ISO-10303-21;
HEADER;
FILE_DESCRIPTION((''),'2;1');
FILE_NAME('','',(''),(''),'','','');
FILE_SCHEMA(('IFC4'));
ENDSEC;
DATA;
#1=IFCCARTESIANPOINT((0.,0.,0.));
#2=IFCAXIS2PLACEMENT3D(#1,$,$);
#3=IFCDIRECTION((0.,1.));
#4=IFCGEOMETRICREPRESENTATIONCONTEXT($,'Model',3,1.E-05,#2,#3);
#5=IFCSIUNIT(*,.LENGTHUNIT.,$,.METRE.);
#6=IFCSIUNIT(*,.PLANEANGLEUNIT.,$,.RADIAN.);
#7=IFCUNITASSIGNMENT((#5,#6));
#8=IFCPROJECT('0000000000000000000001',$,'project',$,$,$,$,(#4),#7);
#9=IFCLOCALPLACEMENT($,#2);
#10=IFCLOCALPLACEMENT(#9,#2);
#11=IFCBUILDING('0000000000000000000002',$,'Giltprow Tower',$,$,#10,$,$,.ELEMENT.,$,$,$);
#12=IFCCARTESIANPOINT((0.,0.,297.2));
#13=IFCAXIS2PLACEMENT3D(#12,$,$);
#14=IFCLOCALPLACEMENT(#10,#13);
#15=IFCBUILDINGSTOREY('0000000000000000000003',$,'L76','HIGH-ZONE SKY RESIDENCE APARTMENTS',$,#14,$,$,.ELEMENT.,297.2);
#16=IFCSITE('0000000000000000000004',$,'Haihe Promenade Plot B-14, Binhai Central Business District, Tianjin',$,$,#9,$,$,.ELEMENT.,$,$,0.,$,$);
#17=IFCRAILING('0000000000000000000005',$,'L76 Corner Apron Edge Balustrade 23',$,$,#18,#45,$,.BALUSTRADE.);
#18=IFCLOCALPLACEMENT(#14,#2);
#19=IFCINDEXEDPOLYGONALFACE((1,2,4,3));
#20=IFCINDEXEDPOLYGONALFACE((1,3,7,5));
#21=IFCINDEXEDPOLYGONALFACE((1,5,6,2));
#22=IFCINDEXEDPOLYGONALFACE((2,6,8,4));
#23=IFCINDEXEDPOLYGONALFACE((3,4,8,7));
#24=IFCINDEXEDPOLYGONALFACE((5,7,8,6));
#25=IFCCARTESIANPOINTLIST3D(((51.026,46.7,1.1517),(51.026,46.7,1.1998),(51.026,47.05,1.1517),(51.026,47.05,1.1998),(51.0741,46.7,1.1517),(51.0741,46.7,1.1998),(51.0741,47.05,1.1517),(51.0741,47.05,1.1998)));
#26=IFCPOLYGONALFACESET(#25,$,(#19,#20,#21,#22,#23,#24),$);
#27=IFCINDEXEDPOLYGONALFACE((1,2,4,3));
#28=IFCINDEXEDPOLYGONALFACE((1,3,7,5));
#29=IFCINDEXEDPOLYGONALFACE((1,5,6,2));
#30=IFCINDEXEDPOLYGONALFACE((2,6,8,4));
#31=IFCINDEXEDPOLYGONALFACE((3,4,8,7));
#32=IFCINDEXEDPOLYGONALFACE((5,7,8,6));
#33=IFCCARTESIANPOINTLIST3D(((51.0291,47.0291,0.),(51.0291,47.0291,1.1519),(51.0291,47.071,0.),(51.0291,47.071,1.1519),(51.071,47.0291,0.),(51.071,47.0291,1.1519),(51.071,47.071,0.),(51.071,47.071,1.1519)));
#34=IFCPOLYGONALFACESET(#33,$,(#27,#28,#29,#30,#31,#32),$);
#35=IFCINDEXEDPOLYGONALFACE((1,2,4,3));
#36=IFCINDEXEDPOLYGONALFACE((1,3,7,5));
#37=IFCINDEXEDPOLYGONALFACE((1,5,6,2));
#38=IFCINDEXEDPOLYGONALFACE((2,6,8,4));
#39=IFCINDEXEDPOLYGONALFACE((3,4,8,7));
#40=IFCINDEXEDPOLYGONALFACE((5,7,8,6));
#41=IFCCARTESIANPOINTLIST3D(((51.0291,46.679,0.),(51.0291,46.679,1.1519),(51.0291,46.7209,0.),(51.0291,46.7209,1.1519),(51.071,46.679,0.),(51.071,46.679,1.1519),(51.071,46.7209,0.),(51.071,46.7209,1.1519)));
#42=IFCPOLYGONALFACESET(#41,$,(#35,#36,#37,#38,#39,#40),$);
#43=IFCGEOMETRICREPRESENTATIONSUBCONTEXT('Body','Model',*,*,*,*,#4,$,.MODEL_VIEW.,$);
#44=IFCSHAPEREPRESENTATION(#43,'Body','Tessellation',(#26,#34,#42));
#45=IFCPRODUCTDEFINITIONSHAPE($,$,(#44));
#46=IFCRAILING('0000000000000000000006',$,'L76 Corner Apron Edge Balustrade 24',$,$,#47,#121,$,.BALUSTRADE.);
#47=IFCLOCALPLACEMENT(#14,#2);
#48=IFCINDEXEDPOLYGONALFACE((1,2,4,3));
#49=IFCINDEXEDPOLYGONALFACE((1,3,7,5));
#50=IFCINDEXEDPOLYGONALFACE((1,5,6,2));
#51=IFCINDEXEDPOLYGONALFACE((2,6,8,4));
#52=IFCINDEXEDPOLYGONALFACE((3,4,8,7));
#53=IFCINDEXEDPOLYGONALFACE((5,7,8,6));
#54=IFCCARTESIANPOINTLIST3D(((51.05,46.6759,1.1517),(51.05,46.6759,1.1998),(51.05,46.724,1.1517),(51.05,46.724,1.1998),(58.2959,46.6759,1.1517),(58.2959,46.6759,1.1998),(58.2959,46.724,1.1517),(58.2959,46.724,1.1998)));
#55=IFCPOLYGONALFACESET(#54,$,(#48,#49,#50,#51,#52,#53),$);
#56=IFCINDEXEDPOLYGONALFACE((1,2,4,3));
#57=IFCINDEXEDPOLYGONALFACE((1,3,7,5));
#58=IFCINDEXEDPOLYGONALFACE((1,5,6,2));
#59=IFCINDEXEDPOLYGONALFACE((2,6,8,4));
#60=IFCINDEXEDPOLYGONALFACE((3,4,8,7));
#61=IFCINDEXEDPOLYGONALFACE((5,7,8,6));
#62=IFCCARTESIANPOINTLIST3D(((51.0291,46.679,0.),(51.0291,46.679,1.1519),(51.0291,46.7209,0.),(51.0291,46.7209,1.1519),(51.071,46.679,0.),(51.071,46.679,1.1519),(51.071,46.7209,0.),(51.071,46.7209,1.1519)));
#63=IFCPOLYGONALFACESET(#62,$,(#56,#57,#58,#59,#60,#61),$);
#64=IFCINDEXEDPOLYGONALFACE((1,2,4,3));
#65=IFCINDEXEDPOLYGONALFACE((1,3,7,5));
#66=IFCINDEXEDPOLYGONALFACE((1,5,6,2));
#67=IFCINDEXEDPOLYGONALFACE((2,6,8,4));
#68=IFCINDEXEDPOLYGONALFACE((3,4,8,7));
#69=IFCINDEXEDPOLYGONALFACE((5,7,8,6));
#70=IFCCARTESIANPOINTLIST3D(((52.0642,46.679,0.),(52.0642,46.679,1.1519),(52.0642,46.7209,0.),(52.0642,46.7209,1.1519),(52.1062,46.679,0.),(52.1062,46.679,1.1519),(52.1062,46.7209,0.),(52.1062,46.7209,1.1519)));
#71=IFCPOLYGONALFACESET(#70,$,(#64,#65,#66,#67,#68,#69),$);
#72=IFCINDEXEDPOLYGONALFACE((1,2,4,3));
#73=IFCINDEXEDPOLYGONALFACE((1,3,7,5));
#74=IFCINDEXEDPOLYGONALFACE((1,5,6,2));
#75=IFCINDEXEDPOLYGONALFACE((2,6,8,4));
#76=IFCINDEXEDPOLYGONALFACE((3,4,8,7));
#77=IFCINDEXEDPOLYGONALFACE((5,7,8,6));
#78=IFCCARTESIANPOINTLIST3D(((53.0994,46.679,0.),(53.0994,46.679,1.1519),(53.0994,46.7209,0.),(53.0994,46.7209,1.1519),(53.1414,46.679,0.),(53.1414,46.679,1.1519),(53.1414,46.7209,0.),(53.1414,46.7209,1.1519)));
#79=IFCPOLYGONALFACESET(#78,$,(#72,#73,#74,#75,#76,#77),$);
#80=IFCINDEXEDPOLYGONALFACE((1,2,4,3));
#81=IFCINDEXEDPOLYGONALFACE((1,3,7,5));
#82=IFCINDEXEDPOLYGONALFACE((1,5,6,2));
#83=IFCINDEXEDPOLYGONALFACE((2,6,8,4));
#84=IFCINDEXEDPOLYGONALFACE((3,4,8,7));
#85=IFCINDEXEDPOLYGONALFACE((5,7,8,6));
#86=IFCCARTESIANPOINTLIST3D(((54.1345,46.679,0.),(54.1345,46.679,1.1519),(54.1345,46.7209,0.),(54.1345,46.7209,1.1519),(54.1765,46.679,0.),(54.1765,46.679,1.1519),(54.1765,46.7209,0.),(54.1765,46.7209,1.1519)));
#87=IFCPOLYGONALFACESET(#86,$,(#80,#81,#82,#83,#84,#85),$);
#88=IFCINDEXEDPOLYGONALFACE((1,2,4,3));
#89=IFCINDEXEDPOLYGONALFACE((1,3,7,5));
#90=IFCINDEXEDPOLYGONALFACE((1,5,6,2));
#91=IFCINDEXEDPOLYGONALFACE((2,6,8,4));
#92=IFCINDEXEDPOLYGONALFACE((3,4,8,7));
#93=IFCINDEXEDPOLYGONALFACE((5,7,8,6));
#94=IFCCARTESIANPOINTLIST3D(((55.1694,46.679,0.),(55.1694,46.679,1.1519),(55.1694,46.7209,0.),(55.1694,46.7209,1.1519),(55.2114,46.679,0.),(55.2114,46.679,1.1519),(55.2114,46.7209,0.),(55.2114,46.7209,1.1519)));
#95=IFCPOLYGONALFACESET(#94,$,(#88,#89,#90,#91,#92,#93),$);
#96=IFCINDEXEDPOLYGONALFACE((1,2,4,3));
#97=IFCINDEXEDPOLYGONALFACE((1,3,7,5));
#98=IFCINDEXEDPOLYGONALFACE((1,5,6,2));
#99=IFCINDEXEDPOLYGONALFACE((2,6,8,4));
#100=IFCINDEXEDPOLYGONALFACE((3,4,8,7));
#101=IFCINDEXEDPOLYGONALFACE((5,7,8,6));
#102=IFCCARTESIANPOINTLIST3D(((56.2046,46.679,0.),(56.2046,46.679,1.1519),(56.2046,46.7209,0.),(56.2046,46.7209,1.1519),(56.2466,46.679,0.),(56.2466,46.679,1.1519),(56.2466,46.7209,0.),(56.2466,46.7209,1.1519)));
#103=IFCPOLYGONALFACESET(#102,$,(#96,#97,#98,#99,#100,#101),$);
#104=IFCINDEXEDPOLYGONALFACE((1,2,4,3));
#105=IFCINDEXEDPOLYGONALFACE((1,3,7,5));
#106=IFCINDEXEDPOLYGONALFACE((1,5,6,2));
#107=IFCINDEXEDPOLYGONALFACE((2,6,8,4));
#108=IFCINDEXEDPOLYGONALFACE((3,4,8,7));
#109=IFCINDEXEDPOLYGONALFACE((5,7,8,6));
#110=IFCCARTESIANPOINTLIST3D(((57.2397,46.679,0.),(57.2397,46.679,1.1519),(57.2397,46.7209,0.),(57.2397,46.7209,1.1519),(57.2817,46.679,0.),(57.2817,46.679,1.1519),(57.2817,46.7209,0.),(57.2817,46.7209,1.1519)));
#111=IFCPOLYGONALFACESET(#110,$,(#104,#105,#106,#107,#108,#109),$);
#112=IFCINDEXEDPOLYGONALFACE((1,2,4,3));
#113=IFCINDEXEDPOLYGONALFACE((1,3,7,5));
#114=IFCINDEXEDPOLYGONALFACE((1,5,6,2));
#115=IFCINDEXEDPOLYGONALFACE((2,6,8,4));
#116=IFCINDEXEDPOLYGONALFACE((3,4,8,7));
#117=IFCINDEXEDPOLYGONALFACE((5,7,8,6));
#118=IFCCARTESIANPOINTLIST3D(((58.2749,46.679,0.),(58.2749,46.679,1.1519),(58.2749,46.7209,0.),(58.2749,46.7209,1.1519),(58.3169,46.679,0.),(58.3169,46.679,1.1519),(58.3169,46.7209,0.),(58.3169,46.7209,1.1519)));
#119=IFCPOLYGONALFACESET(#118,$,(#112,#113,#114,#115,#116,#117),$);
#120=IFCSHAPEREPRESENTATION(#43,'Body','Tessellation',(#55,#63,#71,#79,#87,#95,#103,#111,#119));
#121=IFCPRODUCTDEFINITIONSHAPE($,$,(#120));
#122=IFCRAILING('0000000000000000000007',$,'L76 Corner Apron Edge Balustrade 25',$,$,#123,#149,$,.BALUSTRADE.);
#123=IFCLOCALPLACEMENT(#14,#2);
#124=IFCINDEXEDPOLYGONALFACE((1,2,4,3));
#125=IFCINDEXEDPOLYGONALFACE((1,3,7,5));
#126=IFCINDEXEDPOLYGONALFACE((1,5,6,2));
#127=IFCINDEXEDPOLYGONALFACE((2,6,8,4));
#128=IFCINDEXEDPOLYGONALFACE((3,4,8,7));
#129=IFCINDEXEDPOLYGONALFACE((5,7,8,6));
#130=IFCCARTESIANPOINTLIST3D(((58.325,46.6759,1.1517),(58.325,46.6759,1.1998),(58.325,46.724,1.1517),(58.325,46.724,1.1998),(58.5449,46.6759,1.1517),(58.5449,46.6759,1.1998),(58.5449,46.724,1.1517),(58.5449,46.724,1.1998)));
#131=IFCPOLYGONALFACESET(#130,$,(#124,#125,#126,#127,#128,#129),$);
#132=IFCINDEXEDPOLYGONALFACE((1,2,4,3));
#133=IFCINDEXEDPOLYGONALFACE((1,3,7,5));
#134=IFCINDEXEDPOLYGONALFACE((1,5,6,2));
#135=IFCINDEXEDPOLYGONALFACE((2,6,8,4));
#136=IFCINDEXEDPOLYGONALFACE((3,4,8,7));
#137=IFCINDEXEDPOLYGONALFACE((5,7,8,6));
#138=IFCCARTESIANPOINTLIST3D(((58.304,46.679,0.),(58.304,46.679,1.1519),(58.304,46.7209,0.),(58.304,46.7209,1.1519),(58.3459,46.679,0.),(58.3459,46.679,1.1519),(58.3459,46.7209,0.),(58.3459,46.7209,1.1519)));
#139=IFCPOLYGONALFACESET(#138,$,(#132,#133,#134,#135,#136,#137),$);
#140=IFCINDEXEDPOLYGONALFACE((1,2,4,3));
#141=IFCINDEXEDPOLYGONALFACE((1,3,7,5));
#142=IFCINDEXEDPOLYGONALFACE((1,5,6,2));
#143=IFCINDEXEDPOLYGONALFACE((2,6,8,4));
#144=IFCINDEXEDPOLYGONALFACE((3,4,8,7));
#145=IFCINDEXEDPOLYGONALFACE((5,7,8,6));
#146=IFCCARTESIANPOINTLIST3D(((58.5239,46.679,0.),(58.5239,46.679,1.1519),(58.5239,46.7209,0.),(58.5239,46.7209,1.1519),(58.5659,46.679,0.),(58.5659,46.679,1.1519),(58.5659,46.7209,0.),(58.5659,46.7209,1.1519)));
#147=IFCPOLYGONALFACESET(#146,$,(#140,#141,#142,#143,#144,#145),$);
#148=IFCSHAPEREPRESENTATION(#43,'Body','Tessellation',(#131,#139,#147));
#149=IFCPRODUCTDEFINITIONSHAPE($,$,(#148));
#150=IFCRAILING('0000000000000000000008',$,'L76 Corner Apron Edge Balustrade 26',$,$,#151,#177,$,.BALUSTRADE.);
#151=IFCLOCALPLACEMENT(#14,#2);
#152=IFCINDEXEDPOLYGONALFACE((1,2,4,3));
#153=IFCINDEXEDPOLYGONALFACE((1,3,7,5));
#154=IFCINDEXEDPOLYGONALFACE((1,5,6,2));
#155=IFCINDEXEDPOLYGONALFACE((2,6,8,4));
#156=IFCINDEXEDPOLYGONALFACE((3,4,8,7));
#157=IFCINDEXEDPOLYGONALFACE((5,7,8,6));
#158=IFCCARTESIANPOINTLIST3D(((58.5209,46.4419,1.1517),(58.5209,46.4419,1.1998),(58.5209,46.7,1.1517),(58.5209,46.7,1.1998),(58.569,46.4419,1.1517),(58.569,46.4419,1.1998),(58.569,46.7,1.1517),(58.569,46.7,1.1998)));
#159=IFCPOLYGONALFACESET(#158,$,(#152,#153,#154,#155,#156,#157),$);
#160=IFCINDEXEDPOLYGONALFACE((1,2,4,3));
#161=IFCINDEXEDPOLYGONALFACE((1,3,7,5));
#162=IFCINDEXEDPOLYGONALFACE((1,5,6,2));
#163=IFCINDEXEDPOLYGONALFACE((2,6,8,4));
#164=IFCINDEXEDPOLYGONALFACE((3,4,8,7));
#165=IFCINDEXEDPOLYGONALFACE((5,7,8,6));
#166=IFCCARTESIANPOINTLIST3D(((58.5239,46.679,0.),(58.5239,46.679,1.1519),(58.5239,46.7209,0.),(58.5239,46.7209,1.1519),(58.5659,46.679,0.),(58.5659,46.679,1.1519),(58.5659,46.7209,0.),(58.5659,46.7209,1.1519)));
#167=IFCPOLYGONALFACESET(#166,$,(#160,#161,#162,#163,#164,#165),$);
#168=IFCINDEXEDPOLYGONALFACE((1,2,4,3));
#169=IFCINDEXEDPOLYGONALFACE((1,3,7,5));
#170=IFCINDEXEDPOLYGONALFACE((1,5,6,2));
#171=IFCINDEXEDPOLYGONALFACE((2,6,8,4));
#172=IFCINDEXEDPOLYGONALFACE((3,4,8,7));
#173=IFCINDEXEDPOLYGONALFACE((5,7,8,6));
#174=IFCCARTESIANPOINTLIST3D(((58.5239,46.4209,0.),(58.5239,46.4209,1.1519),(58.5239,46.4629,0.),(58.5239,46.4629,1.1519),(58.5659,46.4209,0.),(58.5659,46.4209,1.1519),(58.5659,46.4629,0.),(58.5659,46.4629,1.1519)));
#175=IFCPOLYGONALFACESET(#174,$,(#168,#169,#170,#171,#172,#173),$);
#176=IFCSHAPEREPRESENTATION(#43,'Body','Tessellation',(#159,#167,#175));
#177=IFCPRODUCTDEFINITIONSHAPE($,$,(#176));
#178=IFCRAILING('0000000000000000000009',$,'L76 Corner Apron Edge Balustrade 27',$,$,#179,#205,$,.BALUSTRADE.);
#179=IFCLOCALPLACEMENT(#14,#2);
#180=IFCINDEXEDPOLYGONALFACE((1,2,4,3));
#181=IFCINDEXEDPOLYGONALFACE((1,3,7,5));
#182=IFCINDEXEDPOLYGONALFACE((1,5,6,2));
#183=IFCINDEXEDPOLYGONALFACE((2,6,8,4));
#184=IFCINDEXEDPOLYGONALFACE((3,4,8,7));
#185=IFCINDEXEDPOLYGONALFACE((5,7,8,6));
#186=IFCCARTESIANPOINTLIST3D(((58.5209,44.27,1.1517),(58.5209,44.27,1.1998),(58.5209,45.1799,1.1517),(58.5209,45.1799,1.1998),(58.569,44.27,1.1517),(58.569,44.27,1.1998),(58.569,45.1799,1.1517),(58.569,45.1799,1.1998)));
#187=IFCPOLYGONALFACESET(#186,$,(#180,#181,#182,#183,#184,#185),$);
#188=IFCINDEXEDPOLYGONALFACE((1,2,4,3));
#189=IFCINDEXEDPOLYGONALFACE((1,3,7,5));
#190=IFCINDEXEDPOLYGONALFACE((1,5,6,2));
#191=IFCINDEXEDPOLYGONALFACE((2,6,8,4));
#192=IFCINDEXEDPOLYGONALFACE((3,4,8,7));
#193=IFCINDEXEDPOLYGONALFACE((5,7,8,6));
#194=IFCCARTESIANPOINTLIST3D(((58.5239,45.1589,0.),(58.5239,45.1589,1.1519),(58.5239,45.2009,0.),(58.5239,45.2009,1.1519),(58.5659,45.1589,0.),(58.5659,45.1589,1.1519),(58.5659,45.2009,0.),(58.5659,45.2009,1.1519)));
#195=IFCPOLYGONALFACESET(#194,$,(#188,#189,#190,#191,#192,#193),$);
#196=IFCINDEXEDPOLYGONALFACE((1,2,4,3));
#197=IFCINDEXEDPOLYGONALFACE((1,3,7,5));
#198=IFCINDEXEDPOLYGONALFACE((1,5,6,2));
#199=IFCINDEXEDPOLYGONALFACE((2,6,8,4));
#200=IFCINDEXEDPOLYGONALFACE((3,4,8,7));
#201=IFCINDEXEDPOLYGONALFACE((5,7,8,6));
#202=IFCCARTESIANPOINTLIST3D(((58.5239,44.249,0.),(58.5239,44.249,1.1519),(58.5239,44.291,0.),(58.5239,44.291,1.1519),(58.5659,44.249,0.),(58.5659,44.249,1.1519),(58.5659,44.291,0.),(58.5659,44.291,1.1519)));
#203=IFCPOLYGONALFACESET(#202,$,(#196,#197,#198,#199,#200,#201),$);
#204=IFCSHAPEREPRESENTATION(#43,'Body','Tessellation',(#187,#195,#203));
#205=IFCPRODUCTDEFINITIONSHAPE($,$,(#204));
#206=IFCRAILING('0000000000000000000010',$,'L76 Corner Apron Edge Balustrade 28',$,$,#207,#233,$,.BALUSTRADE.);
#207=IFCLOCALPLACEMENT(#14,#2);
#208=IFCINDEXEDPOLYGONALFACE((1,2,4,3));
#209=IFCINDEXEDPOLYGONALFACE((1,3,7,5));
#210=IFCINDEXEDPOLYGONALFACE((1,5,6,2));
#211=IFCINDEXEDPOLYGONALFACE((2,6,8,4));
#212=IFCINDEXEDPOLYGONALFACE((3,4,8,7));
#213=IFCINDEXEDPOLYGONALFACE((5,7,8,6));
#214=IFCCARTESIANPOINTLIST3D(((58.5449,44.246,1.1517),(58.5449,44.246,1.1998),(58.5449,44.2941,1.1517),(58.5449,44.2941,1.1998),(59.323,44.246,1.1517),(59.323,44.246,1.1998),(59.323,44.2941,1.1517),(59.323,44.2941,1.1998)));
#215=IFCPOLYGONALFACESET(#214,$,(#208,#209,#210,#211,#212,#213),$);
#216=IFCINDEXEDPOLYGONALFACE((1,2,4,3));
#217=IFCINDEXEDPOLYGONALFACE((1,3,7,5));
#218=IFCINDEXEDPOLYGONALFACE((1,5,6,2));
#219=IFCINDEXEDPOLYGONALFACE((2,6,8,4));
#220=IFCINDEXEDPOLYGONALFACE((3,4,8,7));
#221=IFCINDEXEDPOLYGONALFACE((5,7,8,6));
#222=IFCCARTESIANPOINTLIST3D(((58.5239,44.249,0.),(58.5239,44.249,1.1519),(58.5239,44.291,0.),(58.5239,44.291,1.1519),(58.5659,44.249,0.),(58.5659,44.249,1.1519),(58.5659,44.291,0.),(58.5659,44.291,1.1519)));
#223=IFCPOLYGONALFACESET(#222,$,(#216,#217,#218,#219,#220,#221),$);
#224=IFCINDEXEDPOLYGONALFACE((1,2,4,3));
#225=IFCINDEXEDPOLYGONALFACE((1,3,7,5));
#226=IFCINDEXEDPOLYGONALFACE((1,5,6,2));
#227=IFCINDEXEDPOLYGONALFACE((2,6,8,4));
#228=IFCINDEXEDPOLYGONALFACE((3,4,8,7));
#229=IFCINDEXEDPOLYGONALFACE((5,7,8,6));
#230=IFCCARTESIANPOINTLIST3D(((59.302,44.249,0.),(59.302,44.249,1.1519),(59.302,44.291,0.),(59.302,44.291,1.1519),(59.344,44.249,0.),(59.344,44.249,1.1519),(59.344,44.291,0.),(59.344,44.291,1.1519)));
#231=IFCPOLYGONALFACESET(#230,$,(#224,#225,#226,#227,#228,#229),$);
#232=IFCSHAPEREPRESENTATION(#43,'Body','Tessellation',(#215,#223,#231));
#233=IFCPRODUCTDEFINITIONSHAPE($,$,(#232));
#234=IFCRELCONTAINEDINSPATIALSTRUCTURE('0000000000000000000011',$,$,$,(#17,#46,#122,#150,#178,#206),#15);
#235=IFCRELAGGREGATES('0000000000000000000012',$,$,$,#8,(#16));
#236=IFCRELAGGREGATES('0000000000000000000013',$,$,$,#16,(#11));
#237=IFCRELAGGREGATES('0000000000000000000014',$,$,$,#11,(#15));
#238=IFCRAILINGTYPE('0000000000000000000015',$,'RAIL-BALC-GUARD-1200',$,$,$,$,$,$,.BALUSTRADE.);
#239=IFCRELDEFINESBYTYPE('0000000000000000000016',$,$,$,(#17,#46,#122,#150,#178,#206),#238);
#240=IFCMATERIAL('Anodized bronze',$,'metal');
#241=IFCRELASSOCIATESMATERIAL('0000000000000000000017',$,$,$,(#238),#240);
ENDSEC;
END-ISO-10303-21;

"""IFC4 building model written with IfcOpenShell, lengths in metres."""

from ifc_helpers import new_model, si_unit, direction, frame, origin, origin_2d, place, context, subcontext, project, spatial, rectangle, extrude, material, type_object, element, save


model = new_model("IFC4")

# Units and contexts
model_context = context("Model", 3, precision=1e-05, world=origin(), true_north=direction((0.0, 1.0)))
body_context = subcontext(model_context, "Body", "Model", "MODEL_VIEW")
ifc_project = project(units=[si_unit("LENGTHUNIT", "METRE"), si_unit("PLANEANGLEUNIT", "RADIAN")], contexts=[model_context])

# Site, building, storey
site_placement = place(None, origin())
site = spatial("IfcSite", under=ifc_project, at=site_placement, Name="Haihe Promenade Plot B-14, Binhai Central Business District, Tianjin", CompositionType="ELEMENT", RefElevation=0.0)
building_placement = place(site_placement, origin())
building = spatial("IfcBuilding", under=site, at=building_placement, Name="Giltprow Tower", CompositionType="ELEMENT")
storey_placement = place(building_placement, frame((0.0, 0.0, 297.2)))
storey = spatial("IfcBuildingStorey", under=building, at=storey_placement, Name="L76", Description="HIGH-ZONE SKY RESIDENCE APARTMENTS", CompositionType="ELEMENT", Elevation=297.2)

# Railings
ifc_material_1 = material(Name="Anodized bronze", Category="metal")
railing_type_1 = type_object("IfcRailingType", Name="RAIL-BALC-GUARD-1200", PredefinedType="BALUSTRADE", material=ifc_material_1)
railing_1_placement = place(storey_placement, frame((51.05, 47.05, 0.0)))
element("IfcRailing", 1, at=railing_1_placement, inside=storey, type_object=railing_type_1, Name="L76 Corner Apron Edge Balustrade 23", PredefinedType="BALUSTRADE", context=body_context, shape_type="SweptSolid", body=[
    extrude(rectangle(XDim=0.0481, YDim=0.0481, at=origin_2d()), frame((0.0, 0.0, 1.1758), z_axis=(0.0, -1.0, 0.0), x_axis=(1.0, 0.0, 0.0)), (0.0, 0.0, 1.0), 0.3501),
    extrude(rectangle(XDim=0.042, YDim=0.042, at=origin_2d()), origin(), (0.0, 0.0, 1.0), 1.1519),
    extrude(rectangle(XDim=0.042, YDim=0.042, at=origin_2d()), frame((0.0, -0.3501, 0.0)), (0.0, 0.0, 1.0), 1.1519),
])
railing_2_placement = place(storey_placement, frame((51.05, 46.7, 0.0)))
element("IfcRailing", 2, at=railing_2_placement, inside=storey, type_object=railing_type_1, Name="L76 Corner Apron Edge Balustrade 24", PredefinedType="BALUSTRADE", context=body_context, shape_type="SweptSolid", body=[
    extrude(rectangle(XDim=0.0481, YDim=0.0481, at=origin_2d()), frame((0.0, 0.0, 1.1758), z_axis=(1.0, 0.0, 0.0), x_axis=(0.0, 1.0, 0.0)), (0.0, 0.0, 1.0), 7.2458),
    extrude(rectangle(XDim=0.042, YDim=0.042, at=origin_2d()), origin(), (0.0, 0.0, 1.0), 1.1519),
    extrude(rectangle(XDim=0.042, YDim=0.042, at=origin_2d()), frame((1.0352, 0.0, 0.0)), (0.0, 0.0, 1.0), 1.1519),
    extrude(rectangle(XDim=0.042, YDim=0.042, at=origin_2d()), frame((2.0703, 0.0, 0.0)), (0.0, 0.0, 1.0), 1.1519),
    extrude(rectangle(XDim=0.042, YDim=0.042, at=origin_2d()), frame((3.1055, 0.0, 0.0)), (0.0, 0.0, 1.0), 1.1519),
    extrude(rectangle(XDim=0.042, YDim=0.042, at=origin_2d()), frame((4.1404, 0.0, 0.0)), (0.0, 0.0, 1.0), 1.1519),
    extrude(rectangle(XDim=0.042, YDim=0.042, at=origin_2d()), frame((5.1755, 0.0, 0.0)), (0.0, 0.0, 1.0), 1.1519),
    extrude(rectangle(XDim=0.042, YDim=0.042, at=origin_2d()), frame((6.2107, 0.0, 0.0)), (0.0, 0.0, 1.0), 1.1519),
    extrude(rectangle(XDim=0.042, YDim=0.042, at=origin_2d()), frame((7.2458, 0.0, 0.0)), (0.0, 0.0, 1.0), 1.1519),
])
railing_3_placement = place(storey_placement, frame((58.325, 46.7, 0.0)))
element("IfcRailing", 3, at=railing_3_placement, inside=storey, type_object=railing_type_1, Name="L76 Corner Apron Edge Balustrade 25", PredefinedType="BALUSTRADE", context=body_context, shape_type="SweptSolid", body=[
    extrude(rectangle(XDim=0.0481, YDim=0.0481, at=origin_2d()), frame((0.0, 0.0, 1.1758), z_axis=(1.0, 0.0, 0.0), x_axis=(0.0, 1.0, 0.0)), (0.0, 0.0, 1.0), 0.22),
    extrude(rectangle(XDim=0.042, YDim=0.042, at=origin_2d()), origin(), (0.0, 0.0, 1.0), 1.1519),
    extrude(rectangle(XDim=0.042, YDim=0.042, at=origin_2d()), frame((0.22, 0.0, 0.0)), (0.0, 0.0, 1.0), 1.1519),
])
railing_4_placement = place(storey_placement, frame((58.5449, 46.7, 0.0)))
element("IfcRailing", 4, at=railing_4_placement, inside=storey, type_object=railing_type_1, Name="L76 Corner Apron Edge Balustrade 26", PredefinedType="BALUSTRADE", context=body_context, shape_type="SweptSolid", body=[
    extrude(rectangle(XDim=0.0481, YDim=0.0481, at=origin_2d()), frame((0.0, 0.0, 1.1758), z_axis=(0.0, -1.0, 0.0), x_axis=(1.0, 0.0, 0.0)), (0.0, 0.0, 1.0), 0.2581),
    extrude(rectangle(XDim=0.042, YDim=0.042, at=origin_2d()), origin(), (0.0, 0.0, 1.0), 1.1519),
    extrude(rectangle(XDim=0.042, YDim=0.042, at=origin_2d()), frame((0.0, -0.2581, 0.0)), (0.0, 0.0, 1.0), 1.1519),
])
railing_5_placement = place(storey_placement, frame((58.5449, 45.1799, 0.0)))
element("IfcRailing", 5, at=railing_5_placement, inside=storey, type_object=railing_type_1, Name="L76 Corner Apron Edge Balustrade 27", PredefinedType="BALUSTRADE", context=body_context, shape_type="SweptSolid", body=[
    extrude(rectangle(XDim=0.0481, YDim=0.0481, at=origin_2d()), frame((0.0, 0.0, 1.1758), z_axis=(0.0, -1.0, 0.0), x_axis=(1.0, 0.0, 0.0)), (0.0, 0.0, 1.0), 0.9099),
    extrude(rectangle(XDim=0.042, YDim=0.042, at=origin_2d()), origin(), (0.0, 0.0, 1.0), 1.1519),
    extrude(rectangle(XDim=0.042, YDim=0.042, at=origin_2d()), frame((0.0, -0.9099, 0.0)), (0.0, 0.0, 1.0), 1.1519),
])
railing_6_placement = place(storey_placement, frame((58.5449, 44.27, 0.0)))
element("IfcRailing", 6, at=railing_6_placement, inside=storey, type_object=railing_type_1, Name="L76 Corner Apron Edge Balustrade 28", PredefinedType="BALUSTRADE", context=body_context, shape_type="SweptSolid", body=[
    extrude(rectangle(XDim=0.0481, YDim=0.0481, at=origin_2d()), frame((0.0, 0.0, 1.1758), z_axis=(1.0, 0.0, 0.0), x_axis=(0.0, 1.0, 0.0)), (0.0, 0.0, 1.0), 0.7781),
    extrude(rectangle(XDim=0.042, YDim=0.042, at=origin_2d()), origin(), (0.0, 0.0, 1.0), 1.1519),
    extrude(rectangle(XDim=0.042, YDim=0.042, at=origin_2d()), frame((0.7781, 0.0, 0.0)), (0.0, 0.0, 1.0), 1.1519),
])

save(model, "model.ifc")
